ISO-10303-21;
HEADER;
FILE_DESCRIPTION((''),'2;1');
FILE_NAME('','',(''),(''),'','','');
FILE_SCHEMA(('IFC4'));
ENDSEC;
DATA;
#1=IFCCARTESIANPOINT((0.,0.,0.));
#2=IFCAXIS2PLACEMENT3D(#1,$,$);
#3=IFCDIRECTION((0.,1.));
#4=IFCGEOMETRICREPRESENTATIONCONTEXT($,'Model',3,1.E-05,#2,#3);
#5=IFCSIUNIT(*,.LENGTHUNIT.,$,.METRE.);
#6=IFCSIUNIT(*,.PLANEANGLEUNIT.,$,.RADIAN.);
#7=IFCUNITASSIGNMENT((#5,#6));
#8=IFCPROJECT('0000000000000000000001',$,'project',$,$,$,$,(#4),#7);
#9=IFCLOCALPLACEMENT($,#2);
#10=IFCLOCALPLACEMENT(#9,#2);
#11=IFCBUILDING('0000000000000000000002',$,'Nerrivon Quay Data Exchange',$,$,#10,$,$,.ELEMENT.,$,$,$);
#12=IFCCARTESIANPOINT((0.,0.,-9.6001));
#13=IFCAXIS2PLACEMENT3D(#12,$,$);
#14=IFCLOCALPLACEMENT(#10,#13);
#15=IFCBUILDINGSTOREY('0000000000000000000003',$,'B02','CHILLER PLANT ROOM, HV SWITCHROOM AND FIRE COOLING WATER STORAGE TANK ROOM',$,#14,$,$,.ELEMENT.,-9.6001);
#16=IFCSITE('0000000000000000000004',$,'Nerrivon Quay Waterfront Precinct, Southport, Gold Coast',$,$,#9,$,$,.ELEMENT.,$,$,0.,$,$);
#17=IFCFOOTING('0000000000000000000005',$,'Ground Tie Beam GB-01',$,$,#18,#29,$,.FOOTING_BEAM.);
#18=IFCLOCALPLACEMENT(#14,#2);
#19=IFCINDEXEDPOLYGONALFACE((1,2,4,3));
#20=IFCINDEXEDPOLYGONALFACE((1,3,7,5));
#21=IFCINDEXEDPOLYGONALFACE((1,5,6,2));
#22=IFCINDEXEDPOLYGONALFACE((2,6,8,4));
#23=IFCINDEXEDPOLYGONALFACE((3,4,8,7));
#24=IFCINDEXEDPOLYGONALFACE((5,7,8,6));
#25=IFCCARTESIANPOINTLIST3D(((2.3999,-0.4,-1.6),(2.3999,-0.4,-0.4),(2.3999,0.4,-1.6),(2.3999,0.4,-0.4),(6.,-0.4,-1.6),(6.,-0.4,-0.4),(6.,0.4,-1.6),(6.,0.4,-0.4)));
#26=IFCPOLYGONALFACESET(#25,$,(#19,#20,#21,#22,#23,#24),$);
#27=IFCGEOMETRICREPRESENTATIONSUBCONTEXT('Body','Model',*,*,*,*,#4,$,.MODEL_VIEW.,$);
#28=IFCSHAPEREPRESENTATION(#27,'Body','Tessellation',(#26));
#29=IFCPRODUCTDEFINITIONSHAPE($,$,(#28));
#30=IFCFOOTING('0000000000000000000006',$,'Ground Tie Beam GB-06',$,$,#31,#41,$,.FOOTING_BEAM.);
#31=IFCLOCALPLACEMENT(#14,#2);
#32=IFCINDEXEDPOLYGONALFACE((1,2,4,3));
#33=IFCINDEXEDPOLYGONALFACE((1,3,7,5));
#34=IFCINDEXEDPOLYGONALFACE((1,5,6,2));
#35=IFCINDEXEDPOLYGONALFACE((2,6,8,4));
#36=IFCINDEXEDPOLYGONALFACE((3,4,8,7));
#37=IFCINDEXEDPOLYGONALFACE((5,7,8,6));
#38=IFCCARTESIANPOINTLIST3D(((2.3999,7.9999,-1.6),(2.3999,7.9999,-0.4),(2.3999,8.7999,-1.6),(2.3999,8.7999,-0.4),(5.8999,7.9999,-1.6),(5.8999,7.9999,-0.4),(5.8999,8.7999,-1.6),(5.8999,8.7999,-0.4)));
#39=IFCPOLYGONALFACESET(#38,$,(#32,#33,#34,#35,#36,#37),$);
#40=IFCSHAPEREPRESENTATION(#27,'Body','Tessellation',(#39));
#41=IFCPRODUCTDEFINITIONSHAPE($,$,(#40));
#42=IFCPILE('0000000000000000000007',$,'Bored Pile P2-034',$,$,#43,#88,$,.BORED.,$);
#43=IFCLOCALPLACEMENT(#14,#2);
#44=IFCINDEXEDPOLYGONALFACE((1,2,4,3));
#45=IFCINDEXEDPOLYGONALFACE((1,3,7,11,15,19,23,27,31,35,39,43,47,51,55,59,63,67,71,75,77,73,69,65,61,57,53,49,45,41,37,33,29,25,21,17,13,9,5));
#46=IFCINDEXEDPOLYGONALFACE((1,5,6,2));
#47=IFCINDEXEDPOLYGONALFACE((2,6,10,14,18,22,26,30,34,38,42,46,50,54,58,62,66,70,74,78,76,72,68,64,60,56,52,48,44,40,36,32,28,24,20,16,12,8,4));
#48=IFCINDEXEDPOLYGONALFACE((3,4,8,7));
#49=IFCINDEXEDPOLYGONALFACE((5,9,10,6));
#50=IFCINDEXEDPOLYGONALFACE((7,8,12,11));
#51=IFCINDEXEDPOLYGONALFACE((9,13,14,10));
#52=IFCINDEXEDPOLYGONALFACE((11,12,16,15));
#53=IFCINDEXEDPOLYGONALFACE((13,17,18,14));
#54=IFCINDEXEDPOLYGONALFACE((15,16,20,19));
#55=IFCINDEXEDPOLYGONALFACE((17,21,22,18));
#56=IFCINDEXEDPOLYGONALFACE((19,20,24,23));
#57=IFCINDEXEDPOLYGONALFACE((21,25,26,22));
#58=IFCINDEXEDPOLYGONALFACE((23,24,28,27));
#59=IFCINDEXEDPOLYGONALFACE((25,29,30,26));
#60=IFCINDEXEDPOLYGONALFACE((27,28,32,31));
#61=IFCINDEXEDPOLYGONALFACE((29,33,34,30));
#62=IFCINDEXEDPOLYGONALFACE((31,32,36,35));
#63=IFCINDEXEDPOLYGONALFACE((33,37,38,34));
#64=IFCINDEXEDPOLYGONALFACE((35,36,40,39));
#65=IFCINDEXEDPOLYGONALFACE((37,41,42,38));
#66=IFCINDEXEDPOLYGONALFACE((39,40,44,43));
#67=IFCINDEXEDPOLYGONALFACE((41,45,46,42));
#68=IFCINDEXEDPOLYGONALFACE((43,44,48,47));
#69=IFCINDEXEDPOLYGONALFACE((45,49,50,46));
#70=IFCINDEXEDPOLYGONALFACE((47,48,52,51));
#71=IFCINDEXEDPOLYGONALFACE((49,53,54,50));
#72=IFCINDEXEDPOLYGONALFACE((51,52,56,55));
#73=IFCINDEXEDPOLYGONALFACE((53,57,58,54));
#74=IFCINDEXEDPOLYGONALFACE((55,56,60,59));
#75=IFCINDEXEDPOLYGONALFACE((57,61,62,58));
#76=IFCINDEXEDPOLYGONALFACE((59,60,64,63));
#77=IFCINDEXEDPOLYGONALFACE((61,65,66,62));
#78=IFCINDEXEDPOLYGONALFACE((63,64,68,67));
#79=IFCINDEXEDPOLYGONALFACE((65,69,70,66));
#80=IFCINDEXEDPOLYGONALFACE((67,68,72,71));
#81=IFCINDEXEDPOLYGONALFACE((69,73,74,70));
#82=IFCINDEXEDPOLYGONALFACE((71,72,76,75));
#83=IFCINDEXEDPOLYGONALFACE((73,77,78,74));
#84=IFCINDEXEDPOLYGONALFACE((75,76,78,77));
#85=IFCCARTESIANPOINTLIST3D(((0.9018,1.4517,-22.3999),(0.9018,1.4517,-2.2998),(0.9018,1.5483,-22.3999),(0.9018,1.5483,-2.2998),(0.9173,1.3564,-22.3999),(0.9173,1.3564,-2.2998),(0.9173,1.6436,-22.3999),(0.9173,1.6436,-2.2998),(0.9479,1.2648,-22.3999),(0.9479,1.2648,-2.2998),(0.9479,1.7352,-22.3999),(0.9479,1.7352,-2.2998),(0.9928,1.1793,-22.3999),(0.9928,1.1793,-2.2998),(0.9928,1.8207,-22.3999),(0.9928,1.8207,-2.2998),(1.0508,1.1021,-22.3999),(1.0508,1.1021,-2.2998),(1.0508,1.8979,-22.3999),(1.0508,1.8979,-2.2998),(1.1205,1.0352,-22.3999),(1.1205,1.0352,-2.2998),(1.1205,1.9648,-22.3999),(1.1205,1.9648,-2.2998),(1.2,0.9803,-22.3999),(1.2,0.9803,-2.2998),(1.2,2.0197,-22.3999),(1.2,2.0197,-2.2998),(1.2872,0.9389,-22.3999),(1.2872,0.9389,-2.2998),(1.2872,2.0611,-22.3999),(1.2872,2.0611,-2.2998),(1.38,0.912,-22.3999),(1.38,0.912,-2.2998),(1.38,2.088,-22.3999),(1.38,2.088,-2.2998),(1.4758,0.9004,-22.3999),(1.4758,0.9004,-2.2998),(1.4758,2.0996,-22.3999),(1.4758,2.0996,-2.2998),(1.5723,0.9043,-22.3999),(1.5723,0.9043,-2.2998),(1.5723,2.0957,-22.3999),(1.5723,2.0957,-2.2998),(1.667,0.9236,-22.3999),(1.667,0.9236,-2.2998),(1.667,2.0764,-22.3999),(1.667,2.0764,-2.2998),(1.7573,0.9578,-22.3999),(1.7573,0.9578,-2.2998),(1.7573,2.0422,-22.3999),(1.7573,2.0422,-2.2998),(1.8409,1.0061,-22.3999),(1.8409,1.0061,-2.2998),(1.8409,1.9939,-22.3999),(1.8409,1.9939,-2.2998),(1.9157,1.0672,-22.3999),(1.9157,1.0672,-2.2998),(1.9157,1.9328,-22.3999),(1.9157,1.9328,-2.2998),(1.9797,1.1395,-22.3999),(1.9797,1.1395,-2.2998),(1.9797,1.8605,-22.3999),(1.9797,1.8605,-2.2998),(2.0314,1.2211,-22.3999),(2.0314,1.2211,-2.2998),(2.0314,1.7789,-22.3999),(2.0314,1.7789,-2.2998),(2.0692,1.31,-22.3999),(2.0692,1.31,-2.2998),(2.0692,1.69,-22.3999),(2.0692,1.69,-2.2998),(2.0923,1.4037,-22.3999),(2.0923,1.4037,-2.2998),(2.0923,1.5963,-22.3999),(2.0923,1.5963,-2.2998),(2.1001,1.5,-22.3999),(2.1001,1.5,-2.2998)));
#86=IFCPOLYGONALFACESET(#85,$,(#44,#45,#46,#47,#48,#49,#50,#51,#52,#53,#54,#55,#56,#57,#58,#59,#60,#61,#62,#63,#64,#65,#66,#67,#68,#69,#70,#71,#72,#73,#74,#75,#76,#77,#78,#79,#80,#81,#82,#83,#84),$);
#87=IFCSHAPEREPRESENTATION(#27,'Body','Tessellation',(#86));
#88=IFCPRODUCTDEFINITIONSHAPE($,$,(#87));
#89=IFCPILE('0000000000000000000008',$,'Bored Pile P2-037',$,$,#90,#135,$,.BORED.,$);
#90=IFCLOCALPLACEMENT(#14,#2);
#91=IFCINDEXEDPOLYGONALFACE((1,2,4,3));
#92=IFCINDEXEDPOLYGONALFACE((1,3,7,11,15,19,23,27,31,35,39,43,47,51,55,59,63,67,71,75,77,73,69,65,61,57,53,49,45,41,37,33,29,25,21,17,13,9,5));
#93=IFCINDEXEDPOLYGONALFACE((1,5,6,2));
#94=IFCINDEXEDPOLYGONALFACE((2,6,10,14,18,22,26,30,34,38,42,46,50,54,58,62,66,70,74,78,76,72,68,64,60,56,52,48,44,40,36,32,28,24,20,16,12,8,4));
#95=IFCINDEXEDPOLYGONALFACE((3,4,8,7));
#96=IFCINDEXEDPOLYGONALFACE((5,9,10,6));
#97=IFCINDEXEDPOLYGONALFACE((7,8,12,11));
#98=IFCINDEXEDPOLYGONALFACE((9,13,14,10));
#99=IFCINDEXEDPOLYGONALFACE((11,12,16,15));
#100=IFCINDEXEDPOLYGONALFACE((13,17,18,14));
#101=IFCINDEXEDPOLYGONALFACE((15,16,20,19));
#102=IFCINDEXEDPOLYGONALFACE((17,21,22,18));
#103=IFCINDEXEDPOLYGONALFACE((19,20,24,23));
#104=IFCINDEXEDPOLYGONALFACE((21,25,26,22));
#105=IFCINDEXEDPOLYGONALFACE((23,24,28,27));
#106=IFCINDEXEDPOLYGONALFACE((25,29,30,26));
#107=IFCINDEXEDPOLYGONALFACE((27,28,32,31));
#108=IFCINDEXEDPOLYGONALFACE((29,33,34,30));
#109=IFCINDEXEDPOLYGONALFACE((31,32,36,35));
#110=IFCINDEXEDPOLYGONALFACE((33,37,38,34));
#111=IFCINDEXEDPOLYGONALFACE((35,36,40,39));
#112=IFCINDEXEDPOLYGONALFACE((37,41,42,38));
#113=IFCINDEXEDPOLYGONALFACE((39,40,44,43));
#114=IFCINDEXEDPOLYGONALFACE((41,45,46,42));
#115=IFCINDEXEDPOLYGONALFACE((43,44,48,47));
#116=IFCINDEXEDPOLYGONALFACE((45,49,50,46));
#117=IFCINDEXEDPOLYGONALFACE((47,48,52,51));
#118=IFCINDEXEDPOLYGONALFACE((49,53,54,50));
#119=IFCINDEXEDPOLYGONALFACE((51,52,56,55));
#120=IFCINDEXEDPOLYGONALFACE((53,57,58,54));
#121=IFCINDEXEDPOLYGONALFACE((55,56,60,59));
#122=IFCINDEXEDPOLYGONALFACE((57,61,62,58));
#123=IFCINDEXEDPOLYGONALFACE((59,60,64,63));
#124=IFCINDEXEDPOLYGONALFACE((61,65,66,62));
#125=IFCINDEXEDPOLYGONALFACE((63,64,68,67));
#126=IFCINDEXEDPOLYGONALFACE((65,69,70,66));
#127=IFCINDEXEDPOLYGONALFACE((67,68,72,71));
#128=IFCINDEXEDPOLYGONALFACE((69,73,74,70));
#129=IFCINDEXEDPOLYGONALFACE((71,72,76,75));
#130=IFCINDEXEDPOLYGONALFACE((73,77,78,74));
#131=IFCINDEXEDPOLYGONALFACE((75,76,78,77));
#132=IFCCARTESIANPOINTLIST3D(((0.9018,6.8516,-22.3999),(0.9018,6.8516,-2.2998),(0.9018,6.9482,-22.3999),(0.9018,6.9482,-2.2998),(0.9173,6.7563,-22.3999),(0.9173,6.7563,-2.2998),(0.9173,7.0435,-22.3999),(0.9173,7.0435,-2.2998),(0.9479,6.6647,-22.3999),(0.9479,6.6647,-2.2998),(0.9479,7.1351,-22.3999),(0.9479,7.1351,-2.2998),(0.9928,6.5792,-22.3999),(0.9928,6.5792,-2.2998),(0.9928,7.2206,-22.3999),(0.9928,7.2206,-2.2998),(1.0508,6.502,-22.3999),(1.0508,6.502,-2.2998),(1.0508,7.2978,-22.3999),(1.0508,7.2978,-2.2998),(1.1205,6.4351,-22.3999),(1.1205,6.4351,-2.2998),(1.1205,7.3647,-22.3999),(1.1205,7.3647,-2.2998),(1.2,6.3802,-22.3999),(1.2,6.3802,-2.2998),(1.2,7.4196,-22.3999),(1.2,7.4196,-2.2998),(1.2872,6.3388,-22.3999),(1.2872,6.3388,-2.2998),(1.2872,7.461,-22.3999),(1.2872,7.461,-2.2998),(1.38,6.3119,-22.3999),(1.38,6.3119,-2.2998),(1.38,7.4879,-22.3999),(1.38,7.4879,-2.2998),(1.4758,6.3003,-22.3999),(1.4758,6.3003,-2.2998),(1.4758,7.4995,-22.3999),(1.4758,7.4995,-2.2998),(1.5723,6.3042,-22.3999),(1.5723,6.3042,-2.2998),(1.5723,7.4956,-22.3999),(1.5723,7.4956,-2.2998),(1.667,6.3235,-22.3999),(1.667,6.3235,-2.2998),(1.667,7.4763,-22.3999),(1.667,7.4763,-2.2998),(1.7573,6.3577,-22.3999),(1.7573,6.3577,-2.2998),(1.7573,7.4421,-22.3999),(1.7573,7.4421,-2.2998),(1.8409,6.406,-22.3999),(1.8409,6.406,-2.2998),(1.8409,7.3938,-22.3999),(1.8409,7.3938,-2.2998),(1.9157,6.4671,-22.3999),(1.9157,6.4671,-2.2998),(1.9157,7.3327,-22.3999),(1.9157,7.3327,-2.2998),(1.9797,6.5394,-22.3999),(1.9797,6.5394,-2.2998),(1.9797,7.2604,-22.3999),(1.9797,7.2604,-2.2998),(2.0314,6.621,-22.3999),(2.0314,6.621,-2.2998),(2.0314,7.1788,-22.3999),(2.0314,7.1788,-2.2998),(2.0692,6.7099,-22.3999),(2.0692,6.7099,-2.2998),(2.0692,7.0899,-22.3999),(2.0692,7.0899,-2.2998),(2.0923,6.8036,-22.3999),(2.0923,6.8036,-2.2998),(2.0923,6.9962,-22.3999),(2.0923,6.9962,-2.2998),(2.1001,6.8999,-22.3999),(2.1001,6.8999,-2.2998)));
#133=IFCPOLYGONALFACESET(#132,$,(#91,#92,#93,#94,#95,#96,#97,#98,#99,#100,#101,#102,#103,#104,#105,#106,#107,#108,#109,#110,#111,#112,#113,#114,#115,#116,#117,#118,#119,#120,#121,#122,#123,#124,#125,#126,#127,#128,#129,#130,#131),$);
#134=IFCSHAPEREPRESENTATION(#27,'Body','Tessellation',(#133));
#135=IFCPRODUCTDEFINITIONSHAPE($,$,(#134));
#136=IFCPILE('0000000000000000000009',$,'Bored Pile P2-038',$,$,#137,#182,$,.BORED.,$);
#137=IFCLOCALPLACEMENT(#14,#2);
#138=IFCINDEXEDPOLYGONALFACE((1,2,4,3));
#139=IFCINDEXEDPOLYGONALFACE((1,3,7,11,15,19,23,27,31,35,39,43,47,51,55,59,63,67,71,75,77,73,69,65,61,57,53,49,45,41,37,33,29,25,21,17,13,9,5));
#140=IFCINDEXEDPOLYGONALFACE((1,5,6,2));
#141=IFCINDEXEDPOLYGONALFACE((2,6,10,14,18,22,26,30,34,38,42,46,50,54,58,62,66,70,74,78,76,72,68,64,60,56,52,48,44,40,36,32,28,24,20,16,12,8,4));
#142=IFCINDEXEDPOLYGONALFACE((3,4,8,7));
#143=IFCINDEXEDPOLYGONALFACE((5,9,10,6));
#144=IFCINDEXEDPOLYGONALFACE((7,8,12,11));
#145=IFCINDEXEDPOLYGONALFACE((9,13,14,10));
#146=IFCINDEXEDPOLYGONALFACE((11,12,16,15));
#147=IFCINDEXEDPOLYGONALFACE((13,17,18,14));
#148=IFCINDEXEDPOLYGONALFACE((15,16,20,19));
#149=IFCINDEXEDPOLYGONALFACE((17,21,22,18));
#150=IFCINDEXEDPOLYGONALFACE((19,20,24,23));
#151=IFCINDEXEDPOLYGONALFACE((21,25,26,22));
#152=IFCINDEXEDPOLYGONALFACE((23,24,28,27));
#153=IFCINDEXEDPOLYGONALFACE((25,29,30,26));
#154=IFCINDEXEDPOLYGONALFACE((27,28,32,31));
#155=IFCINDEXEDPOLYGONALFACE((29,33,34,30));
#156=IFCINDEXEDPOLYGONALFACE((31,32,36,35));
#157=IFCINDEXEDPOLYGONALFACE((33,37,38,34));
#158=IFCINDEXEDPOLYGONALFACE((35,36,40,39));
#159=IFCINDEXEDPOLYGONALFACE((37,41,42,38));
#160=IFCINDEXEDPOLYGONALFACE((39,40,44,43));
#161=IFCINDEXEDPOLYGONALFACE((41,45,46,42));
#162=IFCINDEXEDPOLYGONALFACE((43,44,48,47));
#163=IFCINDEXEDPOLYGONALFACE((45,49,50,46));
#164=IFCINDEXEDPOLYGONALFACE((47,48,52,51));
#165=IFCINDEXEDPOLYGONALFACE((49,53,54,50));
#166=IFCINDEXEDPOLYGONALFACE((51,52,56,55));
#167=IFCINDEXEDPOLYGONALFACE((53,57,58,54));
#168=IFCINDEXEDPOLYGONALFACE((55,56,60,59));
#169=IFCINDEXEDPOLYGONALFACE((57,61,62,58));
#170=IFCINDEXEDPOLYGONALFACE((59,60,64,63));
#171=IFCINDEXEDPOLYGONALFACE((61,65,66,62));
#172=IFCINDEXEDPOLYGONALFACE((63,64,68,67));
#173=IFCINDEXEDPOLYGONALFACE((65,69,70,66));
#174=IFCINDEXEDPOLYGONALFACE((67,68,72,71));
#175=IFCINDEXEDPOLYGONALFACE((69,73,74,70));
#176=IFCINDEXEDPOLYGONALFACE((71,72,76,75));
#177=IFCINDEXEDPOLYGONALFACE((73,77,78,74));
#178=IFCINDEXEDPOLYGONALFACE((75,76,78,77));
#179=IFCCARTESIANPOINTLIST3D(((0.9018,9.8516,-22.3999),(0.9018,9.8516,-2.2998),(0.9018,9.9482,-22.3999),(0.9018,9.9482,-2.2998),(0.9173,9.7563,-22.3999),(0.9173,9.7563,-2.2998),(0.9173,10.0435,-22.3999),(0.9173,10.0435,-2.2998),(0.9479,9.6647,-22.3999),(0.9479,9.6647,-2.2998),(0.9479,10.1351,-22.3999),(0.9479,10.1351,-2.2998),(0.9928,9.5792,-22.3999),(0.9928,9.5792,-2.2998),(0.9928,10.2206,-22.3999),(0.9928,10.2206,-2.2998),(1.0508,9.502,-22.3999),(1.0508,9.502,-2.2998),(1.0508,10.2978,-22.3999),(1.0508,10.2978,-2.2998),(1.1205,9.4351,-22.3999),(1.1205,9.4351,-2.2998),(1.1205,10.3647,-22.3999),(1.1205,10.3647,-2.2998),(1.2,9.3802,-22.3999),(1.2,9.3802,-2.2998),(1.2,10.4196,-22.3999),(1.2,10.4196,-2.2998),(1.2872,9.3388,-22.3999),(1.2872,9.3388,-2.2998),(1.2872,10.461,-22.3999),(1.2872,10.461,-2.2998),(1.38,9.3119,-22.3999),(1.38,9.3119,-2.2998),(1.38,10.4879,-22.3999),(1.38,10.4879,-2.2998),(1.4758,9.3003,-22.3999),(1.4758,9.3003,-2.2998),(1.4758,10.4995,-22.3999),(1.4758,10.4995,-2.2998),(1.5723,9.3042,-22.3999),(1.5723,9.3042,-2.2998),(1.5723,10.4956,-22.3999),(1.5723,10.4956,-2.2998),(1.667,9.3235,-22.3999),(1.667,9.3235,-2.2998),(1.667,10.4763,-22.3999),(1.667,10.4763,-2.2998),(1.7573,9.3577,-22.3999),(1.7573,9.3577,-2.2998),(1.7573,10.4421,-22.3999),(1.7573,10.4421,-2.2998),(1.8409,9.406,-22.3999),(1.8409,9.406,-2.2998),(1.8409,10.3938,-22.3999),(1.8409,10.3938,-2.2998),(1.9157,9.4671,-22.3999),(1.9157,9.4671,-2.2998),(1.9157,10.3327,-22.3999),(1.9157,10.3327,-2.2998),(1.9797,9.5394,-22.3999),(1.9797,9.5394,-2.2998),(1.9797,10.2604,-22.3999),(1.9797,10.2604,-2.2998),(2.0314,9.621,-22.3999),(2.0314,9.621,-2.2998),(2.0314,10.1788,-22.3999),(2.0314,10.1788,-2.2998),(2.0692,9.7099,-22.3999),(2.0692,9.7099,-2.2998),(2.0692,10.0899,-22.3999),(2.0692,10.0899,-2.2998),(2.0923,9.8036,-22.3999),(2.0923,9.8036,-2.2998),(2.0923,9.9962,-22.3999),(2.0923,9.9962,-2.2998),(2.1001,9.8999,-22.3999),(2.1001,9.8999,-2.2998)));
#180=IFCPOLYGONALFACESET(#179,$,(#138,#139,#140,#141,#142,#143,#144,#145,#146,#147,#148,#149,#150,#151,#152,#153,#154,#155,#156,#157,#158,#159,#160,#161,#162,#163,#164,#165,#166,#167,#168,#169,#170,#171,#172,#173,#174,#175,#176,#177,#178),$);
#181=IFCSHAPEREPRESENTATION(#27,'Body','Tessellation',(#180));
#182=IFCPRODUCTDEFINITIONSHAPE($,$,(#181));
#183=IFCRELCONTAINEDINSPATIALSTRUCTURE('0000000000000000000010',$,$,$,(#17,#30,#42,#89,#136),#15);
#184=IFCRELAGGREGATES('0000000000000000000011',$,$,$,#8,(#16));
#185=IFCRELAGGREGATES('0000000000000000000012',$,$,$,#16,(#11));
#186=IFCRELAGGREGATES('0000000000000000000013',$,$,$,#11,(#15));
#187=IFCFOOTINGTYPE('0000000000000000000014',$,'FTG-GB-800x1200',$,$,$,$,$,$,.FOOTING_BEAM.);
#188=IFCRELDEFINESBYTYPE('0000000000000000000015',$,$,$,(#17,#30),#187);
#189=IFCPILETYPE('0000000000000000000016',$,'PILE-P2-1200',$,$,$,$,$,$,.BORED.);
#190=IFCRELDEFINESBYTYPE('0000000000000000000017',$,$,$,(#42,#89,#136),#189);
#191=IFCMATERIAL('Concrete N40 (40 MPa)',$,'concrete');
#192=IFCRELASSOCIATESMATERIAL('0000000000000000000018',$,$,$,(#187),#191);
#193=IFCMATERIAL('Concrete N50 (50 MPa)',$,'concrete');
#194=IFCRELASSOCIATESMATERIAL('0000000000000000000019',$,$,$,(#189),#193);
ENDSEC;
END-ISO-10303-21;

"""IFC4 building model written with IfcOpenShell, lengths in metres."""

from ifc_helpers import new_model, si_unit, direction, frame, origin, origin_2d, place, context, subcontext, project, spatial, rectangle, circle, extrude, material, material_profile, profile_set, type_object, element, save


model = new_model("IFC4")

# Units and contexts
model_context = context("Model", 3, precision=1e-05, world=origin(), true_north=direction((0.0, 1.0)))
body_context = subcontext(model_context, "Body", "Model", "MODEL_VIEW")
ifc_project = project(units=[si_unit("LENGTHUNIT", "METRE"), si_unit("PLANEANGLEUNIT", "RADIAN")], contexts=[model_context])

# Site, building, storey
site_placement = place(None, origin())
site = spatial("IfcSite", under=ifc_project, at=site_placement, Name="Nerrivon Quay Waterfront Precinct, Southport, Gold Coast", CompositionType="ELEMENT", RefElevation=0.0)
building_placement = place(site_placement, origin())
building = spatial("IfcBuilding", under=site, at=building_placement, Name="Nerrivon Quay Data Exchange", CompositionType="ELEMENT")
storey_placement = place(building_placement, frame((0.0, 0.0, -9.6001)))
storey = spatial("IfcBuildingStorey", under=building, at=storey_placement, Name="B02", Description="CHILLER PLANT ROOM, HV SWITCHROOM AND FIRE COOLING WATER STORAGE TANK ROOM", CompositionType="ELEMENT", Elevation=-9.6001)

# Footings
ifc_material_1 = material(Name="Concrete N40 (40 MPa)", Category="concrete")
ifc_material_profile_1 = material_profile(ifc_material_1, rectangle(XDim=0.8, YDim=1.2, at=origin_2d()), Name="RC-GB-800x1200")
ifc_profile_set_1 = profile_set([ifc_material_profile_1], Name="Concrete N40 (40 MPa)")
footing_type = type_object("IfcFootingType", Name="FTG-GB-800x1200", PredefinedType="FOOTING_BEAM", material=ifc_profile_set_1)
footing_1_placement = place(storey_placement, frame((2.3999, 0.0, -1.0), z_axis=(1.0, 0.0, 0.0), x_axis=(0.0, 1.0, 0.0)))
element("IfcFooting", 1, at=footing_1_placement, inside=storey, type_object=footing_type, Name="Ground Tie Beam GB-01", PredefinedType="FOOTING_BEAM", context=body_context, shape_type="SweptSolid", body=[
    extrude(rectangle(XDim=0.8, YDim=1.2, at=origin_2d()), origin(), (0.0, 0.0, 1.0), 3.6001),
])
footing_2_placement = place(storey_placement, frame((2.3999, 8.3999, -1.0), z_axis=(1.0, 0.0, 0.0), x_axis=(0.0, 1.0, 0.0)))
element("IfcFooting", 2, at=footing_2_placement, inside=storey, type_object=footing_type, Name="Ground Tie Beam GB-06", PredefinedType="FOOTING_BEAM", context=body_context, shape_type="SweptSolid", body=[
    extrude(rectangle(XDim=0.8, YDim=1.2, at=origin_2d()), origin(), (0.0, 0.0, 1.0), 3.5),
])

# Piles
ifc_material_2 = material(Name="Concrete N50 (50 MPa)", Category="concrete")
ifc_material_profile_2 = material_profile(ifc_material_2, circle(Radius=0.6001, at=origin_2d()), Name="PILE-1200")
ifc_profile_set_2 = profile_set([ifc_material_profile_2], Name="Concrete N50 (50 MPa)")
pile_type = type_object("IfcPileType", Name="PILE-P2-1200", PredefinedType="BORED", material=ifc_profile_set_2)
for number, where, z_axis, x_axis, name in (
    (3, (1.5, 1.5, -2.2998), (0.0, 0.0, -1.0), (1.0, 0.0, 0.0), "Bored Pile P2-034"),
    (4, (1.5, 6.8999, -2.2998), (0.0, 0.0, -1.0), (1.0, 0.0, 0.0), "Bored Pile P2-037"),
    (5, (1.5, 9.8999, -2.2998), (0.0, 0.0, -1.0), (1.0, 0.0, 0.0), "Bored Pile P2-038"),
):
    element("IfcPile", number, at=place(storey_placement, frame(where, z_axis=z_axis, x_axis=x_axis)), inside=storey, type_object=pile_type, Name=name, PredefinedType="BORED", context=body_context, shape_type="SweptSolid", body=[
        extrude(circle(Radius=0.6001, at=origin_2d()), origin(), (0.0, 0.0, 1.0), 20.1001),
    ])

save(model, "model.ifc")
